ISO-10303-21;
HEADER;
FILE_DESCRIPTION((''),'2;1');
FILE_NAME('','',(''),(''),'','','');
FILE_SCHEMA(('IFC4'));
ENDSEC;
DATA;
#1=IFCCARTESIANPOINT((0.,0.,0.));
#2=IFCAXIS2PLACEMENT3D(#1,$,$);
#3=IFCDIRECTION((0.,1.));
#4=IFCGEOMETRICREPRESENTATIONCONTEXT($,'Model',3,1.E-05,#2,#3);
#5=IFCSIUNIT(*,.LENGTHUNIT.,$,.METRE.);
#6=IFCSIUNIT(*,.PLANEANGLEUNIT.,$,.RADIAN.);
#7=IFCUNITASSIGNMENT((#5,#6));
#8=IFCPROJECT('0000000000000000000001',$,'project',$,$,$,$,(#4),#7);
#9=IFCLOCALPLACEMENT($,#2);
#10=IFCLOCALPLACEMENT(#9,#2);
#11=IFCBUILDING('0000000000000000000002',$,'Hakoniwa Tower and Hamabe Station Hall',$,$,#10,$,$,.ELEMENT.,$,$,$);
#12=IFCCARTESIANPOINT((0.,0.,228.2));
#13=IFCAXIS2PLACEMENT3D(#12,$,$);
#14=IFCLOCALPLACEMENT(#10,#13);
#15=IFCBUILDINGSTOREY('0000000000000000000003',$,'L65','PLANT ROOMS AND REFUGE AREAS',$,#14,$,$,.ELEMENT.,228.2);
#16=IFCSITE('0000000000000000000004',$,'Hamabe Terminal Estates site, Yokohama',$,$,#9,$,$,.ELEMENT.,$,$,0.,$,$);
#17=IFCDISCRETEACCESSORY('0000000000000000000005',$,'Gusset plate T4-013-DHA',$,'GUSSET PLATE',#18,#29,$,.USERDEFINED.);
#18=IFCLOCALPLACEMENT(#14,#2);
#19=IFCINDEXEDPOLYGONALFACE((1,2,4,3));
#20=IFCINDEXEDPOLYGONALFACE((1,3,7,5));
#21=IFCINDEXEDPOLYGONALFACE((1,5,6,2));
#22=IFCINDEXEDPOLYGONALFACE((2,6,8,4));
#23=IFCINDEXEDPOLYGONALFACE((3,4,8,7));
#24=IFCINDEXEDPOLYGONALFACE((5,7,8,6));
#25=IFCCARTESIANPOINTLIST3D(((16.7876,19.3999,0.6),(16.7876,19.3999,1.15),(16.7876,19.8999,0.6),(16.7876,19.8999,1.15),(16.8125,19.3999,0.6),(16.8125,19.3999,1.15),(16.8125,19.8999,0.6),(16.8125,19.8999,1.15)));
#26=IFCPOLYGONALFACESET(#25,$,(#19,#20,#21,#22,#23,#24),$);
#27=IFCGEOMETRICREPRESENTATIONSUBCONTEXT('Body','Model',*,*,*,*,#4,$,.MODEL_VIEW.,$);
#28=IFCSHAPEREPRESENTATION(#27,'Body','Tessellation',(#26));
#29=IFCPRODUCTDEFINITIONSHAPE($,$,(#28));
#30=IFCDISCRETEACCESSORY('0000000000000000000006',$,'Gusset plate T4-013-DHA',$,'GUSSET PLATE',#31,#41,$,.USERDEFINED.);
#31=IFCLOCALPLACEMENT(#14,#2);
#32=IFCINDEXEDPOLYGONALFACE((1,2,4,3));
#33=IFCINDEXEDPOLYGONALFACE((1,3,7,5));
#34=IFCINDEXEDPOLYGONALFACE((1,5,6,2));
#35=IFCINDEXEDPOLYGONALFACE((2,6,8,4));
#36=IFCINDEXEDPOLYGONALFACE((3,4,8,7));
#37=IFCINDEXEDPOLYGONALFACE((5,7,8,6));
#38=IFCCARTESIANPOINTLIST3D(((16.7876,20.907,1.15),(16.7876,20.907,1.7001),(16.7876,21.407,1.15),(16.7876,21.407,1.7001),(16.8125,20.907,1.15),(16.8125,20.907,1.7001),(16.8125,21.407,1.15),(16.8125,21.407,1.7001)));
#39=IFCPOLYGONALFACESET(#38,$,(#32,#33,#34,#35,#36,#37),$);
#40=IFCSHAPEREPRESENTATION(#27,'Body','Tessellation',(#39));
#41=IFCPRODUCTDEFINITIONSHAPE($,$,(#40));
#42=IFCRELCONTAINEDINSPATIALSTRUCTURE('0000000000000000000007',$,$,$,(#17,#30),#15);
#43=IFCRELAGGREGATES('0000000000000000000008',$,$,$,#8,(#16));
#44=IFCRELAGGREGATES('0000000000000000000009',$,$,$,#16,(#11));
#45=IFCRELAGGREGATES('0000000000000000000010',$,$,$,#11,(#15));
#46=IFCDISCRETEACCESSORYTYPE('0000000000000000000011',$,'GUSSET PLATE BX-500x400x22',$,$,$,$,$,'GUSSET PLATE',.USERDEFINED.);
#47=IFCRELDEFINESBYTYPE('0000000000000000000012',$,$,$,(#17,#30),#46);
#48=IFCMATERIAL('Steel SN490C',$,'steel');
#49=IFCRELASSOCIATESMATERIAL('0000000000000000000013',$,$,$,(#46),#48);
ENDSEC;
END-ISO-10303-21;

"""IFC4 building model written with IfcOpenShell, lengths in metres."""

from ifc_helpers import new_model, si_unit, direction, frame, origin, origin_2d, place, context, subcontext, project, spatial, rectangle, extrude, material, material_profile, profile_set, type_object, element, save


model = new_model("IFC4")

# Units and contexts
model_context = context("Model", 3, precision=1e-05, world=origin(), true_north=direction((0.0, 1.0)))
body_context = subcontext(model_context, "Body", "Model", "MODEL_VIEW")
ifc_project = project(units=[si_unit("LENGTHUNIT", "METRE"), si_unit("PLANEANGLEUNIT", "RADIAN")], contexts=[model_context])

# Site, building, storey
site_placement = place(None, origin())
site = spatial("IfcSite", under=ifc_project, at=site_placement, Name="Hamabe Terminal Estates site, Yokohama", CompositionType="ELEMENT", RefElevation=0.0)
building_placement = place(site_placement, origin())
building = spatial("IfcBuilding", under=site, at=building_placement, Name="Hakoniwa Tower and Hamabe Station Hall", CompositionType="ELEMENT")
storey_placement = place(building_placement, frame((0.0, 0.0, 228.2)))
storey = spatial("IfcBuildingStorey", under=building, at=storey_placement, Name="L65", Description="PLANT ROOMS AND REFUGE AREAS", CompositionType="ELEMENT", Elevation=228.2)

# Discrete accessories
ifc_material_1 = material(Name="Steel SN490C", Category="steel")
ifc_material_profile_1 = material_profile(ifc_material_1, rectangle(XDim=0.5, YDim=0.55, at=origin_2d()), Name="GUSSET PLATE BX-500x400x22")
ifc_profile_set_1 = profile_set([ifc_material_profile_1], Name="Steel SN490C")
discrete_accessory_type_1 = type_object("IfcDiscreteAccessoryType", Name="GUSSET PLATE BX-500x400x22", ElementType="GUSSET PLATE", PredefinedType="USERDEFINED", material=ifc_profile_set_1)
for number, where, z_axis, x_axis, name in (
    (1, (16.8125, 19.6499, 0.875), (-1.0, 0.0, 0.0), (0.0, -1.0, 0.0), "Gusset plate T4-013-DHA"),
    (2, (16.8125, 21.157, 1.425), (-1.0, 0.0, 0.0), (0.0, -1.0, 0.0), "Gusset plate T4-013-DHA"),
):
    element("IfcDiscreteAccessory", number, at=place(storey_placement, frame(where, z_axis=z_axis, x_axis=x_axis)), inside=storey, type_object=discrete_accessory_type_1, Name=name, ObjectType="GUSSET PLATE", PredefinedType="USERDEFINED", context=body_context, shape_type="SweptSolid", body=[
        extrude(rectangle(XDim=0.5, YDim=0.55, at=origin_2d()), origin(), (0.0, 0.0, 1.0), 0.0249),
    ])

save(model, "model.ifc")
